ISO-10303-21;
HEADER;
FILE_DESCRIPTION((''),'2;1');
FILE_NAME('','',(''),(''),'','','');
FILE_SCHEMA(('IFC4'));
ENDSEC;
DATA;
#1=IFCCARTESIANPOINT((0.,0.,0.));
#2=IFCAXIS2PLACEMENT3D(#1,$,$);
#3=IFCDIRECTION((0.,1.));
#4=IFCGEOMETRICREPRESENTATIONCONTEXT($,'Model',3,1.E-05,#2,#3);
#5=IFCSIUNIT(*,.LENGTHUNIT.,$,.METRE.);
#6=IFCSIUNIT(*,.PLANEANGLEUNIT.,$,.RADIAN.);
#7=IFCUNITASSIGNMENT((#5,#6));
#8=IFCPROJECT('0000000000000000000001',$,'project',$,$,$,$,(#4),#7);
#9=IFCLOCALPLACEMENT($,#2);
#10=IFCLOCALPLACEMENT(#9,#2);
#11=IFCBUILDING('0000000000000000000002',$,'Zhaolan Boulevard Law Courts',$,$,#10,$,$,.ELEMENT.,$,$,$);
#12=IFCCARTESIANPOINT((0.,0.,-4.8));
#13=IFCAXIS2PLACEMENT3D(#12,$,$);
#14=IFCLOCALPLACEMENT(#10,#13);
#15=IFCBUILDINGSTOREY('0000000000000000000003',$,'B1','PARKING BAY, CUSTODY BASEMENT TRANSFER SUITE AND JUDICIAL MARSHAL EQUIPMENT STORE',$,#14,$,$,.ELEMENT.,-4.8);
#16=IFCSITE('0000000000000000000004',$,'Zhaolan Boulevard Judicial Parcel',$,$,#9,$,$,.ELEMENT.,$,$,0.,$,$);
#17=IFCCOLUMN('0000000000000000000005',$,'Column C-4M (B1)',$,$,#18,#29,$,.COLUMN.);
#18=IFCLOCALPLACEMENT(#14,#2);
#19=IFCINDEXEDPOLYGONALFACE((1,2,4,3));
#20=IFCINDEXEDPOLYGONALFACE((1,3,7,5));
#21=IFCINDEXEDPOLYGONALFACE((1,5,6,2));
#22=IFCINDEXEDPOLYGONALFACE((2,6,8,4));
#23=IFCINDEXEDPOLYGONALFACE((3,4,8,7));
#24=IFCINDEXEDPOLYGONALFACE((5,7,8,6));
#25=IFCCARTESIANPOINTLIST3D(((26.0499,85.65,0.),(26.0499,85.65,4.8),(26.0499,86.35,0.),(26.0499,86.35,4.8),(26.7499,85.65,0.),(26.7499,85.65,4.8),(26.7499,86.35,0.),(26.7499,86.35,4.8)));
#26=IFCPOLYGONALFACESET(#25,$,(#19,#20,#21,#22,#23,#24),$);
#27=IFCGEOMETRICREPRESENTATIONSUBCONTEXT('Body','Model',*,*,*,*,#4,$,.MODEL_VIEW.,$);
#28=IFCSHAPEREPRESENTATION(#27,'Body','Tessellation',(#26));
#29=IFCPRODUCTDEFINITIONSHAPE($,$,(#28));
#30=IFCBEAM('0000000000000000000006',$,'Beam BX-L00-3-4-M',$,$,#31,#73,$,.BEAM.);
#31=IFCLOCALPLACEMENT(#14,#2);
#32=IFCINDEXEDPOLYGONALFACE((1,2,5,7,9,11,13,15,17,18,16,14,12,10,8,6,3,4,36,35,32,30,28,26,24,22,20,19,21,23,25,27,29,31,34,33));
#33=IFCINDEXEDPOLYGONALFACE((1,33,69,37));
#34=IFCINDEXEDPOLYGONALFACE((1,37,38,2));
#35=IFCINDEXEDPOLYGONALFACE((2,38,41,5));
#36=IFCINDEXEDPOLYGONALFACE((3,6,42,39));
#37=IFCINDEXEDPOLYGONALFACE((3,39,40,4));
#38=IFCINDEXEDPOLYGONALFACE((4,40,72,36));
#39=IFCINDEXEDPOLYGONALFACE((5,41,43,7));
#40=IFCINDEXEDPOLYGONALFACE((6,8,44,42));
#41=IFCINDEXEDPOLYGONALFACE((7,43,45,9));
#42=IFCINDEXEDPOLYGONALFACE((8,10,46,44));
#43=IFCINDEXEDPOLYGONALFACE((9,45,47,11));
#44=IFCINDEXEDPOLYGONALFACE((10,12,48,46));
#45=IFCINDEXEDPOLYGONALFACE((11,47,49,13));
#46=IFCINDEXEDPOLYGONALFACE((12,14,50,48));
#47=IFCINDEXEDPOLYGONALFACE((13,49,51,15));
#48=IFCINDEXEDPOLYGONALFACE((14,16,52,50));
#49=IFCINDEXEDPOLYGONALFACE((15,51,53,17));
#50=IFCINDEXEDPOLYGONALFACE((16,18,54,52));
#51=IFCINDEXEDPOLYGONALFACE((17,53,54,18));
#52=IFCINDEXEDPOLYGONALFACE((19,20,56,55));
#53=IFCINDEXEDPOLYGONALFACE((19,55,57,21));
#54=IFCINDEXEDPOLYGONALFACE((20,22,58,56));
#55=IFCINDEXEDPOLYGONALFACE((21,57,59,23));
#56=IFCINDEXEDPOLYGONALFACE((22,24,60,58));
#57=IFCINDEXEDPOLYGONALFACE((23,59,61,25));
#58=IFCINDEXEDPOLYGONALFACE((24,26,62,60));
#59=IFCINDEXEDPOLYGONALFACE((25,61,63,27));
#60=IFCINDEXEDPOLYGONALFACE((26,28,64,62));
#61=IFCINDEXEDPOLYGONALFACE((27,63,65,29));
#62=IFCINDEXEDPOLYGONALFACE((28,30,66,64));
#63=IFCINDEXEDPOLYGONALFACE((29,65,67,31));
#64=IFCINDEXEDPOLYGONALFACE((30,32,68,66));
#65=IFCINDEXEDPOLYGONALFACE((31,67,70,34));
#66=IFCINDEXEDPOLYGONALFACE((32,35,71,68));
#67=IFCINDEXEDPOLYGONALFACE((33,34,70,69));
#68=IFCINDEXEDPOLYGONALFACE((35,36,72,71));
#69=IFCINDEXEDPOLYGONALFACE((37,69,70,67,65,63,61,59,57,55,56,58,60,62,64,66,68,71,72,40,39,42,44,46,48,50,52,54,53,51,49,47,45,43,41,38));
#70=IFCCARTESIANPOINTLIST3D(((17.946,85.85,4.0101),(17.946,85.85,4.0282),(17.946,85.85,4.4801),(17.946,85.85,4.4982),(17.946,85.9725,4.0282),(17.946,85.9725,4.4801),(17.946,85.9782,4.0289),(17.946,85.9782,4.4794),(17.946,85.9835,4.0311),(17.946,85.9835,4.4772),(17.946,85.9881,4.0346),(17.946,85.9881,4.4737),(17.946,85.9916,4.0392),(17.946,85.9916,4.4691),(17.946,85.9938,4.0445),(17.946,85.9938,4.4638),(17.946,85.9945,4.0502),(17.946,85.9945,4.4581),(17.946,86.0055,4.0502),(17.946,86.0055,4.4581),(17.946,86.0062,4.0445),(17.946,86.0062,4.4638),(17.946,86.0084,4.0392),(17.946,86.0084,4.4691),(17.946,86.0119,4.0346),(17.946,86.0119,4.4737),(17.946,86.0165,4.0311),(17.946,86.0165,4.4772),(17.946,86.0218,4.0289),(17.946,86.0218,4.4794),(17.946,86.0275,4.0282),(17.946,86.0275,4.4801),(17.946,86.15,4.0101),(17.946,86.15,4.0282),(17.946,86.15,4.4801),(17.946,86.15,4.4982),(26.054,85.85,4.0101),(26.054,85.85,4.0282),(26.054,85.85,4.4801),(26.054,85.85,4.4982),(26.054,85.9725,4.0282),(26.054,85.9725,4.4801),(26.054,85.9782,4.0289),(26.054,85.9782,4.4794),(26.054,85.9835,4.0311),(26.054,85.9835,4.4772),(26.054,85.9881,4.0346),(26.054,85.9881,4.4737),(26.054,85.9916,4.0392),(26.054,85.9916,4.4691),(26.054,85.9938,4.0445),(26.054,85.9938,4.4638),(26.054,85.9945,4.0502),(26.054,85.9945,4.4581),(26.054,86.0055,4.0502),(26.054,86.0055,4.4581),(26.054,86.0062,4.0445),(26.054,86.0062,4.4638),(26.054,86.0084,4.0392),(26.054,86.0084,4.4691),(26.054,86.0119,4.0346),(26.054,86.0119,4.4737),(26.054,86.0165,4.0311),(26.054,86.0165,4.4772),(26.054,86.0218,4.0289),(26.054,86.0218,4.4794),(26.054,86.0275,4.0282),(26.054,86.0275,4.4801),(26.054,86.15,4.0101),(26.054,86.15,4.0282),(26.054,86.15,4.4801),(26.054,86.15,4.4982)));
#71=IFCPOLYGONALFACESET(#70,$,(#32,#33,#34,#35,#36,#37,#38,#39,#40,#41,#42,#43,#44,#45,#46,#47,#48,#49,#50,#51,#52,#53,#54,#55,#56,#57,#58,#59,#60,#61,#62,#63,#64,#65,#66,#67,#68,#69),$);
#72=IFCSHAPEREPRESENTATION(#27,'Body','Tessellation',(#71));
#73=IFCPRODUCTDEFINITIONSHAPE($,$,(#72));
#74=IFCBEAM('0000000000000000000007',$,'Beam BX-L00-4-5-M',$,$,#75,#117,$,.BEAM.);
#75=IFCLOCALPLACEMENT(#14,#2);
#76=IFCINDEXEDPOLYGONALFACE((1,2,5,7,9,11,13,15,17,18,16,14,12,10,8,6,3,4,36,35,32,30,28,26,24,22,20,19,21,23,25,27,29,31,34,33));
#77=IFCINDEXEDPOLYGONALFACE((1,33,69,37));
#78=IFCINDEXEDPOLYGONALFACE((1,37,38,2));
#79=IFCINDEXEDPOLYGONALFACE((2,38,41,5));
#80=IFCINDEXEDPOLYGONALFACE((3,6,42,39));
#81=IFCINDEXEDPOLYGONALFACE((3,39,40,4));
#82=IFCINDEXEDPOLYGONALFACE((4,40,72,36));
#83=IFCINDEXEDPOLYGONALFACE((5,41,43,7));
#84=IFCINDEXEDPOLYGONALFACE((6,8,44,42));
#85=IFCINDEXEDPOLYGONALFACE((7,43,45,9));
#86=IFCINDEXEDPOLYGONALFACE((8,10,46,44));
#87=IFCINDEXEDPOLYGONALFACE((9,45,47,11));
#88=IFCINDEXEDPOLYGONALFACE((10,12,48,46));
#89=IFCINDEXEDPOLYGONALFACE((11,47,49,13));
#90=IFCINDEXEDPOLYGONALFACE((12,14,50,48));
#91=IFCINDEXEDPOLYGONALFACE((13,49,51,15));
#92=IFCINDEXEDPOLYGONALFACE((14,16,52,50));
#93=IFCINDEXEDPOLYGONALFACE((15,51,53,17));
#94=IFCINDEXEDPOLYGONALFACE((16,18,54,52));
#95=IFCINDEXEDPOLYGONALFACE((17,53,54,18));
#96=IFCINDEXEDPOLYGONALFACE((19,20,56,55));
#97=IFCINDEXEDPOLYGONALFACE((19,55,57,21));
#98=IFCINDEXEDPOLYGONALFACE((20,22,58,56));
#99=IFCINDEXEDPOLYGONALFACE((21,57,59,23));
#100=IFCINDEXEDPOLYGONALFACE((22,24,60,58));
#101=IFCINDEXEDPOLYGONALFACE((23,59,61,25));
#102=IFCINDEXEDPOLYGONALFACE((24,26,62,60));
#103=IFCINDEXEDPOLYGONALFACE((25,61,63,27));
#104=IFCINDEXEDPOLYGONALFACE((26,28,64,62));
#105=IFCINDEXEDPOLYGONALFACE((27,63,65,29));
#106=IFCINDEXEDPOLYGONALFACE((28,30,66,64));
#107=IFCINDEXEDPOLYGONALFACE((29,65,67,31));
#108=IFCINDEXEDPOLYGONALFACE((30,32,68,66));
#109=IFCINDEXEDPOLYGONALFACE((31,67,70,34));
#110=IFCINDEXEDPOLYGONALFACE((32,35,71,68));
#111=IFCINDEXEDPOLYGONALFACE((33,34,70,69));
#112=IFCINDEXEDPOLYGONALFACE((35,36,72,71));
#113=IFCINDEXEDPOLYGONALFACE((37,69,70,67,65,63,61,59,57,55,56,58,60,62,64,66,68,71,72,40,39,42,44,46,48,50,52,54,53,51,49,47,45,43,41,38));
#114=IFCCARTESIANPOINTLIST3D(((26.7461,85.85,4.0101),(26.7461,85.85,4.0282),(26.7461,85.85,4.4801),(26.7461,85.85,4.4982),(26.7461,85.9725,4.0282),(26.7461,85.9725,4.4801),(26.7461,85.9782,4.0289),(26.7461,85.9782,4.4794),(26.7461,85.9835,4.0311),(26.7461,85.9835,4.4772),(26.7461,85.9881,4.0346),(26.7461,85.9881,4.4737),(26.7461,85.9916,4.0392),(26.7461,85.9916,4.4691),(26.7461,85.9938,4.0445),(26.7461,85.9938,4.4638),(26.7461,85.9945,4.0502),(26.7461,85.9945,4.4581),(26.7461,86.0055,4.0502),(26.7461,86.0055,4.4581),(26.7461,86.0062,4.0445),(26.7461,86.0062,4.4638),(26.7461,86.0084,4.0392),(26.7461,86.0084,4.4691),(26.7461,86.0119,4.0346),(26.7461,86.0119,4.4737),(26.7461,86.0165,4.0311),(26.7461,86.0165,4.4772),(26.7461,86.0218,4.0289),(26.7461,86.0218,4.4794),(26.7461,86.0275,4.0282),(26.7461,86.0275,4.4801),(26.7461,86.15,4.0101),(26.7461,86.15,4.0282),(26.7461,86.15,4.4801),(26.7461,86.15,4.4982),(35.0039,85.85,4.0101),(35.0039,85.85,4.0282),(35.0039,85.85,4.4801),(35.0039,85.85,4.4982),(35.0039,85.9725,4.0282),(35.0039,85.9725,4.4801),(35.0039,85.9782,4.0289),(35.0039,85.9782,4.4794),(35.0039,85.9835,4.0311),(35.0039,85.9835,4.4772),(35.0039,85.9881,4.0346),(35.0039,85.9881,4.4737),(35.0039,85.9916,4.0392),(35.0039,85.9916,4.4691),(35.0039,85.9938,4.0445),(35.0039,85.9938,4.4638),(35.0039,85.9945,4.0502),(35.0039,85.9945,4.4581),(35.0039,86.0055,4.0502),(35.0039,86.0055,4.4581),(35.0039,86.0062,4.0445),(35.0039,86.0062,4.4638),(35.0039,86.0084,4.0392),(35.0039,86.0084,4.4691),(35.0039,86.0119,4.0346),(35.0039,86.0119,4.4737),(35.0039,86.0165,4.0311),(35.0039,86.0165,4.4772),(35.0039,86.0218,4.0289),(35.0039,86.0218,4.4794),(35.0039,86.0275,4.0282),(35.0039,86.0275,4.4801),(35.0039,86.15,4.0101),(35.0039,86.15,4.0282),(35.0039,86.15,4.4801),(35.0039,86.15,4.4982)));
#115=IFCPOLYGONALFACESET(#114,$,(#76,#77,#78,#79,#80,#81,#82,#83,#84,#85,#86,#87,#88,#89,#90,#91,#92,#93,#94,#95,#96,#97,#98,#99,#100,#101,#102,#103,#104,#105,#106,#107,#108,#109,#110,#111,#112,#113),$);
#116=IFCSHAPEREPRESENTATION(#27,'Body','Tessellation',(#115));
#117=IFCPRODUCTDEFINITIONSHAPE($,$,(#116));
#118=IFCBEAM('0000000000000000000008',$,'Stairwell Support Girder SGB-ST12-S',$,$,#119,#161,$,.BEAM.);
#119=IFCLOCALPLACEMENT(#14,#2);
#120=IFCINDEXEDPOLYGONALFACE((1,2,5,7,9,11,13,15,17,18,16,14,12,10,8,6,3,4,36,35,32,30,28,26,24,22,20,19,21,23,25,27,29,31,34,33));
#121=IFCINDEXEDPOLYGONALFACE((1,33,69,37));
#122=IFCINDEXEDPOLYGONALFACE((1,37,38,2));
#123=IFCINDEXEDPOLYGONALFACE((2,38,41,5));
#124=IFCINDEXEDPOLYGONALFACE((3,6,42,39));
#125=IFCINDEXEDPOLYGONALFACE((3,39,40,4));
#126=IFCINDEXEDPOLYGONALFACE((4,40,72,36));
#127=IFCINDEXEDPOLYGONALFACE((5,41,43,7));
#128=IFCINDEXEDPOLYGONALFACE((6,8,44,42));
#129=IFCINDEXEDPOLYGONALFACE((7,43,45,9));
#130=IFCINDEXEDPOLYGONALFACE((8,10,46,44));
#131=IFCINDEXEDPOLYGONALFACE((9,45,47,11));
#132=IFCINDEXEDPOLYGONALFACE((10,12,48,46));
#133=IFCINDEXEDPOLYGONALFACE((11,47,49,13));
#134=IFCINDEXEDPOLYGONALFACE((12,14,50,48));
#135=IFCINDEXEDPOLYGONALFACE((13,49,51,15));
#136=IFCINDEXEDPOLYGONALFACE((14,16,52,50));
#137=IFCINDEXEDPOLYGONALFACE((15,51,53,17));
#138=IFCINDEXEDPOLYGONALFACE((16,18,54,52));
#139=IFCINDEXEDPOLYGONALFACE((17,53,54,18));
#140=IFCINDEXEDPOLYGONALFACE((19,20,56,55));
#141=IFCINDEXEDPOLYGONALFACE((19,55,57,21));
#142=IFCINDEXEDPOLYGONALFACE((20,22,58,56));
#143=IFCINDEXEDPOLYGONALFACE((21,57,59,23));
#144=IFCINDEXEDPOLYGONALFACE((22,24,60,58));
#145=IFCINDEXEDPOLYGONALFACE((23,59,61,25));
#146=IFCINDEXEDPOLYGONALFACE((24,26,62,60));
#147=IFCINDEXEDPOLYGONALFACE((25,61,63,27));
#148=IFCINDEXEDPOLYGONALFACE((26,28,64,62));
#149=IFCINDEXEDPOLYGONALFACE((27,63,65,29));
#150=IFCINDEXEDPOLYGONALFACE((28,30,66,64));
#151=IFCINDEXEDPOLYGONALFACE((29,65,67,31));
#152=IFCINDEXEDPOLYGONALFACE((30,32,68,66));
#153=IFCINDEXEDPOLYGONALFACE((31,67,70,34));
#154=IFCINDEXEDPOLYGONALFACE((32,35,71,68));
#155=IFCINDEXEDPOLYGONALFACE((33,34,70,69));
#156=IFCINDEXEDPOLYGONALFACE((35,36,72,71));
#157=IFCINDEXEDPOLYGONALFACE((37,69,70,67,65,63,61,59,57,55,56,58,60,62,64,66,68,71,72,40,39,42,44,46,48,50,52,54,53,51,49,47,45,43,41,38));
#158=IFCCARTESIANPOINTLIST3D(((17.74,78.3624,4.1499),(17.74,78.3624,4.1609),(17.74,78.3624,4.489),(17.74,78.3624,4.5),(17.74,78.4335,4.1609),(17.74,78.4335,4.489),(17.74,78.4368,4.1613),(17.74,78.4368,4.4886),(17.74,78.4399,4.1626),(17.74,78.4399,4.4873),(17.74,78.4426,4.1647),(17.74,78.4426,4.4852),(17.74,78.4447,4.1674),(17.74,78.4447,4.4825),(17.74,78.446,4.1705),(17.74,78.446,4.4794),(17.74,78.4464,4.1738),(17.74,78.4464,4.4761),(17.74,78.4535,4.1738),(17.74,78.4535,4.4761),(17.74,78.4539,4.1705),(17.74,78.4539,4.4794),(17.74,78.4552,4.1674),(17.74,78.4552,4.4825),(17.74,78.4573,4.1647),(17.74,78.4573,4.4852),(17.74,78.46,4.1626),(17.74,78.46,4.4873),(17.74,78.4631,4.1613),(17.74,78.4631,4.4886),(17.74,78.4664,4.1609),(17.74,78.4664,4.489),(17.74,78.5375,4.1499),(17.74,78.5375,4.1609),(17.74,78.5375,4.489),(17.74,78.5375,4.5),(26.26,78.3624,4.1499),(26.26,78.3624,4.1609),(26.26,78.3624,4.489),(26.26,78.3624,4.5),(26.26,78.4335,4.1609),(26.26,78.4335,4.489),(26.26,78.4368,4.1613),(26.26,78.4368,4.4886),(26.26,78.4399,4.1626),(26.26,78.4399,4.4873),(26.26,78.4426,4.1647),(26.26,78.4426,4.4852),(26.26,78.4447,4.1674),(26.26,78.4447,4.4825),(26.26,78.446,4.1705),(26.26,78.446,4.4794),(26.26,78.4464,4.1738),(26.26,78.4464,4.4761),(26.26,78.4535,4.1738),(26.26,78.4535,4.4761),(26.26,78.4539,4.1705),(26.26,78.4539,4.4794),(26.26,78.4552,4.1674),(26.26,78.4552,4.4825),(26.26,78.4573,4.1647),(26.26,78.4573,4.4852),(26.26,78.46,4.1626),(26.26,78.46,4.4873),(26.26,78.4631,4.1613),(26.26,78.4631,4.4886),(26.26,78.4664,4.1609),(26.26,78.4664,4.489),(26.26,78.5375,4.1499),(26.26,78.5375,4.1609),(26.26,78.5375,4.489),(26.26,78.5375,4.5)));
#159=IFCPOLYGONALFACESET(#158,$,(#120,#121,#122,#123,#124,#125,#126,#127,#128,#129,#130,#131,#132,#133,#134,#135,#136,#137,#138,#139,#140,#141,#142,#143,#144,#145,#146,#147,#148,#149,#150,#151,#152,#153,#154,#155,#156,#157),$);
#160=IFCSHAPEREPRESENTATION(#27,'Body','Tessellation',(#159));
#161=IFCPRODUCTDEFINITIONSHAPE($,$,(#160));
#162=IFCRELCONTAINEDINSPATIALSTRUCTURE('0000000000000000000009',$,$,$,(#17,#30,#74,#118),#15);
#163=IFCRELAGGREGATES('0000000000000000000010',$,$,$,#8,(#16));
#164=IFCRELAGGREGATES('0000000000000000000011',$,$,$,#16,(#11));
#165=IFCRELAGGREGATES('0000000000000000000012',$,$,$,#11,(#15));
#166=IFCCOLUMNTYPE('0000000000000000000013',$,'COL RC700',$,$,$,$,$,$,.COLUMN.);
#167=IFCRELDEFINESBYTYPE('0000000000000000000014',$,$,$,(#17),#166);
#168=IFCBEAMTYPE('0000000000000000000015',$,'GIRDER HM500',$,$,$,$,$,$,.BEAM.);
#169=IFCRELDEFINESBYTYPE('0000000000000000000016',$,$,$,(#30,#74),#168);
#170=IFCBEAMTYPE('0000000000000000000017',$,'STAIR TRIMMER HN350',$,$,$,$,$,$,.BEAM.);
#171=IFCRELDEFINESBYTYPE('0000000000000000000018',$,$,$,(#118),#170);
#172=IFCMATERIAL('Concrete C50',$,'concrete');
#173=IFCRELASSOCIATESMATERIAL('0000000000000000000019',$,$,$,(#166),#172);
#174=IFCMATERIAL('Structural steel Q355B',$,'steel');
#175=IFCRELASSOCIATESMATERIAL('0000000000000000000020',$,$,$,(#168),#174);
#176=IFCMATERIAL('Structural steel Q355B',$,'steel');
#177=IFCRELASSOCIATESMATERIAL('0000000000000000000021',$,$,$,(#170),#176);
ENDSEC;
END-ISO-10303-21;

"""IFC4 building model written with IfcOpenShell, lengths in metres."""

from ifc_helpers import new_model, si_unit, direction, frame, origin, origin_2d, place, context, subcontext, project, spatial, rectangle, i_section, extrude, material, material_profile, profile_set, type_object, element, save


model = new_model("IFC4")

# Units and contexts
model_context = context("Model", 3, precision=1e-05, world=origin(), true_north=direction((0.0, 1.0)))
body_context = subcontext(model_context, "Body", "Model", "MODEL_VIEW")
ifc_project = project(units=[si_unit("LENGTHUNIT", "METRE"), si_unit("PLANEANGLEUNIT", "RADIAN")], contexts=[model_context])

# Site, building, storey
site_placement = place(None, origin())
site = spatial("IfcSite", under=ifc_project, at=site_placement, Name="Zhaolan Boulevard Judicial Parcel", CompositionType="ELEMENT", RefElevation=0.0)
building_placement = place(site_placement, origin())
building = spatial("IfcBuilding", under=site, at=building_placement, Name="Zhaolan Boulevard Law Courts", CompositionType="ELEMENT")
storey_placement = place(building_placement, frame((0.0, 0.0, -4.8)))
storey = spatial("IfcBuildingStorey", under=building, at=storey_placement, Name="B1", Description="PARKING BAY, CUSTODY BASEMENT TRANSFER SUITE AND JUDICIAL MARSHAL EQUIPMENT STORE", CompositionType="ELEMENT", Elevation=-4.8)

# Column
ifc_material_1 = material(Name="Concrete C50", Category="concrete")
ifc_material_profile_1 = material_profile(ifc_material_1, rectangle(XDim=0.7, YDim=0.7, at=origin_2d()), Name="RC700x700")
ifc_profile_set_1 = profile_set([ifc_material_profile_1], Name="Concrete C50")
column_type_1 = type_object("IfcColumnType", Name="COL RC700", PredefinedType="COLUMN", material=ifc_profile_set_1)
for number, where, z_axis, x_axis, name in (
    (1, (26.3999, 86.0, 0.0), (0.0, 0.0, 1.0), (1.0, 0.0, 0.0), "Column C-4M (B1)"),
):
    element("IfcColumn", number, at=place(storey_placement, frame(where, z_axis=z_axis, x_axis=x_axis)), inside=storey, type_object=column_type_1, Name=name, PredefinedType="COLUMN", context=body_context, shape_type="SweptSolid", body=[
        extrude(rectangle(XDim=0.7, YDim=0.7, at=origin_2d()), origin(), (0.0, 0.0, 1.0), 4.8),
    ])

# Beams
ifc_material_2 = material(Name="Structural steel Q355B", Category="steel")
ifc_material_profile_2 = material_profile(ifc_material_2, i_section(OverallWidth=0.3, OverallDepth=0.488, WebThickness=0.011, FlangeThickness=0.0181, FilletRadius=0.022, at=origin_2d()), Name="HM488x300")
ifc_profile_set_2 = profile_set([ifc_material_profile_2], Name="Structural steel Q355B")
beam_type_1 = type_object("IfcBeamType", Name="GIRDER HM500", PredefinedType="BEAM", material=ifc_profile_set_2)
beam_1_placement = place(storey_placement, frame((17.946, 86.0, 4.2542), z_axis=(1.0, 0.0, 0.0), x_axis=(0.0, 1.0, 0.0)))
element("IfcBeam", 2, at=beam_1_placement, inside=storey, type_object=beam_type_1, Name="Beam BX-L00-3-4-M", PredefinedType="BEAM", context=body_context, shape_type="SweptSolid", body=[
    extrude(i_section(OverallWidth=0.3, OverallDepth=0.488, WebThickness=0.011, FlangeThickness=0.0181, FilletRadius=0.022, at=origin_2d()), origin(), (0.0, 0.0, 1.0), 8.1079),
])
beam_2_placement = place(storey_placement, frame((26.7461, 86.0, 4.2542), z_axis=(1.0, 0.0, 0.0), x_axis=(0.0, 1.0, 0.0)))
element("IfcBeam", 3, at=beam_2_placement, inside=storey, type_object=beam_type_1, Name="Beam BX-L00-4-5-M", PredefinedType="BEAM", context=body_context, shape_type="SweptSolid", body=[
    extrude(i_section(OverallWidth=0.3, OverallDepth=0.488, WebThickness=0.011, FlangeThickness=0.0181, FilletRadius=0.022, at=origin_2d()), origin(), (0.0, 0.0, 1.0), 8.2578),
])
ifc_material_3 = material(Name="Structural steel Q355B", Category="steel")
ifc_material_profile_3 = material_profile(ifc_material_3, i_section(OverallWidth=0.175, OverallDepth=0.3501, WebThickness=0.0071, FlangeThickness=0.011, FilletRadius=0.0129, at=origin_2d()), Name="HN350x175")
ifc_profile_set_3 = profile_set([ifc_material_profile_3], Name="Structural steel Q355B")
beam_type_2 = type_object("IfcBeamType", Name="STAIR TRIMMER HN350", PredefinedType="BEAM", material=ifc_profile_set_3)
for number, where, z_axis, x_axis, name in (
    (4, (17.74, 78.45, 4.325), (1.0, 0.0, 0.0), (0.0, 1.0, 0.0), "Stairwell Support Girder SGB-ST12-S"),
):
    element("IfcBeam", number, at=place(storey_placement, frame(where, z_axis=z_axis, x_axis=x_axis)), inside=storey, type_object=beam_type_2, Name=name, PredefinedType="BEAM", context=body_context, shape_type="SweptSolid", body=[
        extrude(i_section(OverallWidth=0.175, OverallDepth=0.3501, WebThickness=0.0071, FlangeThickness=0.011, FilletRadius=0.0129, at=origin_2d()), origin(), (0.0, 0.0, 1.0), 8.52),
    ])

save(model, "model.ifc")
